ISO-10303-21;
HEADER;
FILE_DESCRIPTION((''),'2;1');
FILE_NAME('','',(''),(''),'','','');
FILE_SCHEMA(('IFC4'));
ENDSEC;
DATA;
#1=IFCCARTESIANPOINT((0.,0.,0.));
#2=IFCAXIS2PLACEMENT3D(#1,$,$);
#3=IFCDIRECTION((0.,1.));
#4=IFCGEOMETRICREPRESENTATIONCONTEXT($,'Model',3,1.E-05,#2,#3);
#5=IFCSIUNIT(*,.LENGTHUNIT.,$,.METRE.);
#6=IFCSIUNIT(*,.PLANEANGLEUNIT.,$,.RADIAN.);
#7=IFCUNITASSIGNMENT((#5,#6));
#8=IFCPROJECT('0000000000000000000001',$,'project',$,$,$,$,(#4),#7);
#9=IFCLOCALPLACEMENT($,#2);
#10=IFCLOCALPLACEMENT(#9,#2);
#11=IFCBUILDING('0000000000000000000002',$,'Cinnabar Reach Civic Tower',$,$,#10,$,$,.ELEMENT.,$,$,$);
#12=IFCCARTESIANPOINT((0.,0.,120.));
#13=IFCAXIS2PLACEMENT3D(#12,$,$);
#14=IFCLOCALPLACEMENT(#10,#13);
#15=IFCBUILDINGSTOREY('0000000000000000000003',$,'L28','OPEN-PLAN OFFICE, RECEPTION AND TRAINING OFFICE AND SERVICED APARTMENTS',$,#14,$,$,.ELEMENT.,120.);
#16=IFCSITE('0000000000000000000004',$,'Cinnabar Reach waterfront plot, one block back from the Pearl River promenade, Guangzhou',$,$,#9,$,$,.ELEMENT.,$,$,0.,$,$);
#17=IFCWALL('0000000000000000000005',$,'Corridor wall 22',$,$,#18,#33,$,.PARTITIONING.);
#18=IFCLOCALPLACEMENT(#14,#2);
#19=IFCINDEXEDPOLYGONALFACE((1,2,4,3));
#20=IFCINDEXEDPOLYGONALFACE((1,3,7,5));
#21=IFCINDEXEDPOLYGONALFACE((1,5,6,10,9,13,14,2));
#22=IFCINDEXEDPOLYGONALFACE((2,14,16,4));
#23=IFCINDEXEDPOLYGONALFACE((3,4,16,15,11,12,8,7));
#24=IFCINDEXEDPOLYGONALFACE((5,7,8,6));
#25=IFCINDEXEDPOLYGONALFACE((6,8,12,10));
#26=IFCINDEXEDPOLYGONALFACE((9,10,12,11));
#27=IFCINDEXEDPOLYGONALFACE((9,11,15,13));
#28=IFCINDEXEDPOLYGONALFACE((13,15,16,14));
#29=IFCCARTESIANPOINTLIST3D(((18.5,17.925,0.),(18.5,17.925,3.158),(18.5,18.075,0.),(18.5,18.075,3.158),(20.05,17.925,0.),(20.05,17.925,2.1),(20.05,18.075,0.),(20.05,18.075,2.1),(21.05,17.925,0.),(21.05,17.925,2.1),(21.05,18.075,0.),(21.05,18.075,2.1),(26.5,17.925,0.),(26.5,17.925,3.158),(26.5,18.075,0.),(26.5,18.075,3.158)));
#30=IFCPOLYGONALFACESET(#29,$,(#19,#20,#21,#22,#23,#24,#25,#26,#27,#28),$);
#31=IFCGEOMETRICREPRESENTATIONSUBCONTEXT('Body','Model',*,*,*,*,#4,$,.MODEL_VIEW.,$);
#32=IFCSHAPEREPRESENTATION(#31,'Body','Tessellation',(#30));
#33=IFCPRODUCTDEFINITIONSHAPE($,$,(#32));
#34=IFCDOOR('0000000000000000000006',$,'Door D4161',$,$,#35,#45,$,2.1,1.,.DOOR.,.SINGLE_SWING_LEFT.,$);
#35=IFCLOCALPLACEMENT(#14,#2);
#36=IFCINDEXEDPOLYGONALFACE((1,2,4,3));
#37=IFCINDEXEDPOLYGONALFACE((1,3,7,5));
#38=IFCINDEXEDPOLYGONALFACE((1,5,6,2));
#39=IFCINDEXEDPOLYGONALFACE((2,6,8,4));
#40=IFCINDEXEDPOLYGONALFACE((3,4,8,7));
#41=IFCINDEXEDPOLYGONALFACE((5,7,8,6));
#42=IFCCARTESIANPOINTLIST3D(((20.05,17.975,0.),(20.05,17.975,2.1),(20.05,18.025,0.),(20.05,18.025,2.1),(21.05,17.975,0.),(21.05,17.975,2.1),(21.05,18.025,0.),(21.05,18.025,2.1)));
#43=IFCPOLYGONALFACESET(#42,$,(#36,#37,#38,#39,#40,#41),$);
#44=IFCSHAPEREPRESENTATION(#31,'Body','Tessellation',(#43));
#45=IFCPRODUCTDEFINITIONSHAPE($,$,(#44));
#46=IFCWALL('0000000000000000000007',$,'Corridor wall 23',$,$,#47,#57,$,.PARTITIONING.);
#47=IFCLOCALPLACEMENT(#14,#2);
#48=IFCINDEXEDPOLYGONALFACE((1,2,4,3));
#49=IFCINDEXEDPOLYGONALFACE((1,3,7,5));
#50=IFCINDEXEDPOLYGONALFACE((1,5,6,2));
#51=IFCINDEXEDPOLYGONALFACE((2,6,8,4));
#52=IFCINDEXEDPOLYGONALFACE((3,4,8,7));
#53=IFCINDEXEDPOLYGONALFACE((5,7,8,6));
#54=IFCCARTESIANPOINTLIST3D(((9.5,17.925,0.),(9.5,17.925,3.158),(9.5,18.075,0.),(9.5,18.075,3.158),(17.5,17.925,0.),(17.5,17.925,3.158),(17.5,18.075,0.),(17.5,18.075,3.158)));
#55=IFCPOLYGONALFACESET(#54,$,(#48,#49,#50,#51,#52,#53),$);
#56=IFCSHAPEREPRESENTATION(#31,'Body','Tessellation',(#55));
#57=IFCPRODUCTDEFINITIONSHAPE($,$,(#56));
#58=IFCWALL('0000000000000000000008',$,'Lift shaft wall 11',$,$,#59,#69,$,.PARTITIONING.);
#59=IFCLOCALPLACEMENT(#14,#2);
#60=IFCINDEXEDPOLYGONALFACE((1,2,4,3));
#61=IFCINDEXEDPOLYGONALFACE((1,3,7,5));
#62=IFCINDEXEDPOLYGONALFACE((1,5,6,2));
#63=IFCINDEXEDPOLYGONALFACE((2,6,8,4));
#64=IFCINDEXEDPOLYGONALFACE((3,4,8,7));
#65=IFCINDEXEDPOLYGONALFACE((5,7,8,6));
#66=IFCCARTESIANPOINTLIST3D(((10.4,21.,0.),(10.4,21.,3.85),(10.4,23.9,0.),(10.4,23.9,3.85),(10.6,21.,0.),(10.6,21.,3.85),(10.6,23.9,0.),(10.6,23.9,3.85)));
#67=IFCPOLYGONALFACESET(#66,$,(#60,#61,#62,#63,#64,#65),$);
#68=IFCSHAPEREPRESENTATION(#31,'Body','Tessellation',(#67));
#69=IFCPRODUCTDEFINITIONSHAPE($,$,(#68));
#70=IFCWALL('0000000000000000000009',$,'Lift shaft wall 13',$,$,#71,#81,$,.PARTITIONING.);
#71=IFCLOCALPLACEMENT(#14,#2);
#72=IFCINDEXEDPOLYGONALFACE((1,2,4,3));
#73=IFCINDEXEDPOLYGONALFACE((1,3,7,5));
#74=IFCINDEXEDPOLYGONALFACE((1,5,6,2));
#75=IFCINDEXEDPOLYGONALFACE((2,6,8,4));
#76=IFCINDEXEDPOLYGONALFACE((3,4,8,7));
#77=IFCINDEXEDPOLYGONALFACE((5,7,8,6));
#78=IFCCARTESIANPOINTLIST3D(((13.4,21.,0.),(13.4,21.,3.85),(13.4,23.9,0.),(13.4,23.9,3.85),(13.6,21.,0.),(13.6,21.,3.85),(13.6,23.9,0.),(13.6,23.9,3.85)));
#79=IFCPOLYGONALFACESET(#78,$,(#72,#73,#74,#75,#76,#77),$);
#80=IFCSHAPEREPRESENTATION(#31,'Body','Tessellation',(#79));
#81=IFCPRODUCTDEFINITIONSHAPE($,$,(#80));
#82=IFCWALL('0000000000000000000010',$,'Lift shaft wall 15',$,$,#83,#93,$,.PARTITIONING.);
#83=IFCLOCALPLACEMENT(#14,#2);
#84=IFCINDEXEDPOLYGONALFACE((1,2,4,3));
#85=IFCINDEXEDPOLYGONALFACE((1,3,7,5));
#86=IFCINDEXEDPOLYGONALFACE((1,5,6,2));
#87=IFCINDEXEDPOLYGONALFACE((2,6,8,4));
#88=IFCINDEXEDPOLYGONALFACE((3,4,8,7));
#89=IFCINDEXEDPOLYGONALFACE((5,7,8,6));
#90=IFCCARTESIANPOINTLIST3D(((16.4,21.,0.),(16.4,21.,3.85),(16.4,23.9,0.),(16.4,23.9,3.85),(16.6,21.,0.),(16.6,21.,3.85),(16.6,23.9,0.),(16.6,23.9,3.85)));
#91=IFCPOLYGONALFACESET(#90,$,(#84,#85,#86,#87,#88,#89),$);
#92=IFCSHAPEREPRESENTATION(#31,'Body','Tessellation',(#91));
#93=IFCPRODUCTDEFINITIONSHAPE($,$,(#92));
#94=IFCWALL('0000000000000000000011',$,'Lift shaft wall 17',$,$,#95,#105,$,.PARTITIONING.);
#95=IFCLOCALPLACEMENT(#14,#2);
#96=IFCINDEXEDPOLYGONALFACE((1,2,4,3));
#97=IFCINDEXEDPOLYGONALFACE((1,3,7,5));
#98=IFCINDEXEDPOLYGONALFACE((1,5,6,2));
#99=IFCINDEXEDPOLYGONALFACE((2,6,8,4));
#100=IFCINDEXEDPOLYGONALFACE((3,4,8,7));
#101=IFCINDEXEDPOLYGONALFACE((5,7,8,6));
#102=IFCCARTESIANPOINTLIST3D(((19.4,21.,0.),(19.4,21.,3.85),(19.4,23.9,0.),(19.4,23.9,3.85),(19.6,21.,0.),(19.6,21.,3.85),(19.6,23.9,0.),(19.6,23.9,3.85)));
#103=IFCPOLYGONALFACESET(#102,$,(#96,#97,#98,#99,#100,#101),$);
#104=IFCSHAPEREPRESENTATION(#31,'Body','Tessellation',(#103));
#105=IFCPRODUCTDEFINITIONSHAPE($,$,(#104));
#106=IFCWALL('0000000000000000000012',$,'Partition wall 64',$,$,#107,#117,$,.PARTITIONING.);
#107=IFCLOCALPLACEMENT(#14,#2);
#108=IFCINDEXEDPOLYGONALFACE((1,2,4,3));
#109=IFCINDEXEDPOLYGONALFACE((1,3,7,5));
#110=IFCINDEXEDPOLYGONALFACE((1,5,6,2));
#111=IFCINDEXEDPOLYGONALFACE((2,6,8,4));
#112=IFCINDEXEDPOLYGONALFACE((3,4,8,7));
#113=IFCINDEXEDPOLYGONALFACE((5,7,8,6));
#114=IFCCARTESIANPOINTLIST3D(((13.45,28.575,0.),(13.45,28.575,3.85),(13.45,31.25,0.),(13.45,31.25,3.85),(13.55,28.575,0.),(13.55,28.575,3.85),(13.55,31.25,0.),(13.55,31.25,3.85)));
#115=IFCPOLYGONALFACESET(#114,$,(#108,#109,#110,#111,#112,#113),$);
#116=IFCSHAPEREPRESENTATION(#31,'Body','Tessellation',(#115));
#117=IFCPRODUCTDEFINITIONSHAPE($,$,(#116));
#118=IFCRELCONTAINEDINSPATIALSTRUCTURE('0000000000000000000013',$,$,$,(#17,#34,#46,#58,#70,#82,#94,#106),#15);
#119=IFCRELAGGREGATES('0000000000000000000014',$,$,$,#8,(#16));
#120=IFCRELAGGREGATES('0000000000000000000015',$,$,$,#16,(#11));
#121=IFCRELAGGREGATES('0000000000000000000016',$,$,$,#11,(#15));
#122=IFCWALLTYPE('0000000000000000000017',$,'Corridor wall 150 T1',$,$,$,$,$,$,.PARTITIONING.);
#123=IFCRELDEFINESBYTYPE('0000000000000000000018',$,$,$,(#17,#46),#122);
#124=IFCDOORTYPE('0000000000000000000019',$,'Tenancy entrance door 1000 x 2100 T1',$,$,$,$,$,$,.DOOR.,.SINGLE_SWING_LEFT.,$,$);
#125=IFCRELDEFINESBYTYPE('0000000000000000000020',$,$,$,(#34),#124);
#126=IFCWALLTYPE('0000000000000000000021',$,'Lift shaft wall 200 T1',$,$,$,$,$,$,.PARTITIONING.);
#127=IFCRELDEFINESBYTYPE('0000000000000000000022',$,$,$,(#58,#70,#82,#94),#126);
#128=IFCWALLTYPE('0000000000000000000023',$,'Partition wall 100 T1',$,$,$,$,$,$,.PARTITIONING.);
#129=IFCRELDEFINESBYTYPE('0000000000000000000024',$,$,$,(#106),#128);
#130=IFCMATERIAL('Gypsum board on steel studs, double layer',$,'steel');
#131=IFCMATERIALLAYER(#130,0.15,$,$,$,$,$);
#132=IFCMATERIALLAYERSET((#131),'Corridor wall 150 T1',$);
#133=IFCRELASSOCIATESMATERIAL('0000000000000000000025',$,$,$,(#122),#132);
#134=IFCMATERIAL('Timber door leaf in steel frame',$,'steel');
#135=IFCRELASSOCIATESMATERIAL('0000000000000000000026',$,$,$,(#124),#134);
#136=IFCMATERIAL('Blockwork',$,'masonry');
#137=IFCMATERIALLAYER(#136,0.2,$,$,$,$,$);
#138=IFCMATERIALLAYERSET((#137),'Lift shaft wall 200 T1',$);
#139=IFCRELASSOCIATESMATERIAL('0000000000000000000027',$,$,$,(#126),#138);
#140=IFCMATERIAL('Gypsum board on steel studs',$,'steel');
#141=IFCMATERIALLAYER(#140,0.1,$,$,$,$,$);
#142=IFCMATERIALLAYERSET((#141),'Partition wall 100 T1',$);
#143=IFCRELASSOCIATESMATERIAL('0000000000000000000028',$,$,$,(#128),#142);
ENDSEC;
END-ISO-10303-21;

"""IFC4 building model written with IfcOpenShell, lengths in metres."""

from ifc_helpers import new_model, si_unit, direction, frame, frame_2d, origin, place, context, subcontext, project, spatial, rectangle, extrude, material, layer, layer_set, type_object, element, fill, save


model = new_model("IFC4")

# Units and contexts
model_context = context("Model", 3, precision=1e-05, world=origin(), true_north=direction((0.0, 1.0)))
body_context = subcontext(model_context, "Body", "Model", "MODEL_VIEW")
ifc_project = project(units=[si_unit("LENGTHUNIT", "METRE"), si_unit("PLANEANGLEUNIT", "RADIAN")], contexts=[model_context])

# Site, building, storey
site_placement = place(None, origin())
site = spatial("IfcSite", under=ifc_project, at=site_placement, Name="Cinnabar Reach waterfront plot, one block back from the Pearl River promenade, Guangzhou", CompositionType="ELEMENT", RefElevation=0.0)
building_placement = place(site_placement, origin())
building = spatial("IfcBuilding", under=site, at=building_placement, Name="Cinnabar Reach Civic Tower", CompositionType="ELEMENT")
storey_placement = place(building_placement, frame((0.0, 0.0, 120.0)))
storey = spatial("IfcBuildingStorey", under=building, at=storey_placement, Name="L28", Description="OPEN-PLAN OFFICE, RECEPTION AND TRAINING OFFICE AND SERVICED APARTMENTS", CompositionType="ELEMENT", Elevation=120.0)

# Wall, opening, door
ifc_material_1 = material(Name="Timber door leaf in steel frame", Category="steel")
ifc_material_2 = material(Name="Gypsum board on steel studs, double layer", Category="steel")
ifc_layer_1 = layer(ifc_material_2, 0.15)
ifc_layer_set_1 = layer_set([ifc_layer_1], Name="Corridor wall 150 T1")
wall_type_1 = type_object("IfcWallType", Name="Corridor wall 150 T1", PredefinedType="PARTITIONING", material=ifc_layer_set_1)
wall_1_placement = place(storey_placement, frame((18.5, 18.0, 0.0), z_axis=(0.0, 0.0, 1.0), x_axis=(1.0, 0.0, 0.0)))
wall_1 = element("IfcWall", 1, at=wall_1_placement, inside=storey, type_object=wall_type_1, Name="Corridor wall 22", PredefinedType="PARTITIONING", context=body_context, shape_type="SweptSolid", body=[
    extrude(rectangle(XDim=8.0, YDim=0.15, at=frame_2d((4.0, 0.0))), origin(), (0.0, 0.0, 1.0), 3.158),
])
opening_1_placement = place(wall_1_placement, frame((1.55, 0.0, 0.0)))
opening_1 = element("IfcOpeningElement", 2, at=opening_1_placement, cuts=wall_1, PredefinedType="OPENING", context=body_context, shape_type="SweptSolid", body=[
    extrude(rectangle(XDim=1.0, YDim=2.1, at=frame_2d((0.5, 1.05))), frame((0.0, 0.085, 0.0), z_axis=(0.0, -1.0, 0.0), x_axis=(1.0, 0.0, 0.0)), (0.0, 0.0, 1.0), 0.17),
])
door_type_1 = type_object("IfcDoorType", Name="Tenancy entrance door 1000 x 2100 T1", OperationType="SINGLE_SWING_LEFT", PredefinedType="DOOR", material=ifc_material_1)
door_1_placement = place(opening_1_placement, frame((1.0, 0.0, 0.0), z_axis=(0.0, 0.0, 1.0), x_axis=(-1.0, 0.0, 0.0)))
door_1 = element("IfcDoor", 3, at=door_1_placement, inside=storey, type_object=door_type_1, Name="Door D4161", OperationType="SINGLE_SWING_LEFT", OverallHeight=2.1, OverallWidth=1.0, PredefinedType="DOOR", context=body_context, shape_type="SweptSolid", body=[
    extrude(rectangle(XDim=1.0, YDim=2.1, at=frame_2d((0.5, 1.05))), frame((0.0, 0.025, 0.0), z_axis=(0.0, -1.0, 0.0), x_axis=(1.0, 0.0, 0.0)), (0.0, 0.0, 1.0), 0.05),
])
fill(opening_1, door_1)

# Walls
wall_2_placement = place(storey_placement, frame((9.5, 18.0, 0.0), z_axis=(0.0, 0.0, 1.0), x_axis=(1.0, 0.0, 0.0)))
element("IfcWall", 4, at=wall_2_placement, inside=storey, type_object=wall_type_1, Name="Corridor wall 23", PredefinedType="PARTITIONING", context=body_context, shape_type="SweptSolid", body=[
    extrude(rectangle(XDim=8.0, YDim=0.15, at=frame_2d((4.0, 0.0))), origin(), (0.0, 0.0, 1.0), 3.158),
])
ifc_material_3 = material(Name="Blockwork", Category="masonry")
ifc_layer_2 = layer(ifc_material_3, 0.2)
ifc_layer_set_2 = layer_set([ifc_layer_2], Name="Lift shaft wall 200 T1")
wall_type_2 = type_object("IfcWallType", Name="Lift shaft wall 200 T1", PredefinedType="PARTITIONING", material=ifc_layer_set_2)
for number, where, z_axis, x_axis, name in (
    (5, (10.5, 21.0, 0.0), (0.0, 0.0, 1.0), (0.0, 1.0, 0.0), "Lift shaft wall 11"),
    (6, (13.5, 21.0, 0.0), (0.0, 0.0, 1.0), (0.0, 1.0, 0.0), "Lift shaft wall 13"),
    (7, (16.5, 21.0, 0.0), (0.0, 0.0, 1.0), (0.0, 1.0, 0.0), "Lift shaft wall 15"),
    (8, (19.5, 21.0, 0.0), (0.0, 0.0, 1.0), (0.0, 1.0, 0.0), "Lift shaft wall 17"),
):
    element("IfcWall", number, at=place(storey_placement, frame(where, z_axis=z_axis, x_axis=x_axis)), inside=storey, type_object=wall_type_2, Name=name, PredefinedType="PARTITIONING", context=body_context, shape_type="SweptSolid", body=[
        extrude(rectangle(XDim=2.9, YDim=0.2, at=frame_2d((1.45, 0.0))), origin(), (0.0, 0.0, 1.0), 3.85),
    ])
ifc_material_4 = material(Name="Gypsum board on steel studs", Category="steel")
ifc_layer_3 = layer(ifc_material_4, 0.1)
ifc_layer_set_3 = layer_set([ifc_layer_3], Name="Partition wall 100 T1")
wall_type_3 = type_object("IfcWallType", Name="Partition wall 100 T1", PredefinedType="PARTITIONING", material=ifc_layer_set_3)
wall_3_placement = place(storey_placement, frame((13.5, 28.575, 0.0), z_axis=(0.0, 0.0, 1.0), x_axis=(0.0, 1.0, 0.0)))
element("IfcWall", 9, at=wall_3_placement, inside=storey, type_object=wall_type_3, Name="Partition wall 64", PredefinedType="PARTITIONING", context=body_context, shape_type="SweptSolid", body=[
    extrude(rectangle(XDim=2.675, YDim=0.1, at=frame_2d((1.3375, 0.0))), origin(), (0.0, 0.0, 1.0), 3.85),
])

save(model, "model.ifc")
